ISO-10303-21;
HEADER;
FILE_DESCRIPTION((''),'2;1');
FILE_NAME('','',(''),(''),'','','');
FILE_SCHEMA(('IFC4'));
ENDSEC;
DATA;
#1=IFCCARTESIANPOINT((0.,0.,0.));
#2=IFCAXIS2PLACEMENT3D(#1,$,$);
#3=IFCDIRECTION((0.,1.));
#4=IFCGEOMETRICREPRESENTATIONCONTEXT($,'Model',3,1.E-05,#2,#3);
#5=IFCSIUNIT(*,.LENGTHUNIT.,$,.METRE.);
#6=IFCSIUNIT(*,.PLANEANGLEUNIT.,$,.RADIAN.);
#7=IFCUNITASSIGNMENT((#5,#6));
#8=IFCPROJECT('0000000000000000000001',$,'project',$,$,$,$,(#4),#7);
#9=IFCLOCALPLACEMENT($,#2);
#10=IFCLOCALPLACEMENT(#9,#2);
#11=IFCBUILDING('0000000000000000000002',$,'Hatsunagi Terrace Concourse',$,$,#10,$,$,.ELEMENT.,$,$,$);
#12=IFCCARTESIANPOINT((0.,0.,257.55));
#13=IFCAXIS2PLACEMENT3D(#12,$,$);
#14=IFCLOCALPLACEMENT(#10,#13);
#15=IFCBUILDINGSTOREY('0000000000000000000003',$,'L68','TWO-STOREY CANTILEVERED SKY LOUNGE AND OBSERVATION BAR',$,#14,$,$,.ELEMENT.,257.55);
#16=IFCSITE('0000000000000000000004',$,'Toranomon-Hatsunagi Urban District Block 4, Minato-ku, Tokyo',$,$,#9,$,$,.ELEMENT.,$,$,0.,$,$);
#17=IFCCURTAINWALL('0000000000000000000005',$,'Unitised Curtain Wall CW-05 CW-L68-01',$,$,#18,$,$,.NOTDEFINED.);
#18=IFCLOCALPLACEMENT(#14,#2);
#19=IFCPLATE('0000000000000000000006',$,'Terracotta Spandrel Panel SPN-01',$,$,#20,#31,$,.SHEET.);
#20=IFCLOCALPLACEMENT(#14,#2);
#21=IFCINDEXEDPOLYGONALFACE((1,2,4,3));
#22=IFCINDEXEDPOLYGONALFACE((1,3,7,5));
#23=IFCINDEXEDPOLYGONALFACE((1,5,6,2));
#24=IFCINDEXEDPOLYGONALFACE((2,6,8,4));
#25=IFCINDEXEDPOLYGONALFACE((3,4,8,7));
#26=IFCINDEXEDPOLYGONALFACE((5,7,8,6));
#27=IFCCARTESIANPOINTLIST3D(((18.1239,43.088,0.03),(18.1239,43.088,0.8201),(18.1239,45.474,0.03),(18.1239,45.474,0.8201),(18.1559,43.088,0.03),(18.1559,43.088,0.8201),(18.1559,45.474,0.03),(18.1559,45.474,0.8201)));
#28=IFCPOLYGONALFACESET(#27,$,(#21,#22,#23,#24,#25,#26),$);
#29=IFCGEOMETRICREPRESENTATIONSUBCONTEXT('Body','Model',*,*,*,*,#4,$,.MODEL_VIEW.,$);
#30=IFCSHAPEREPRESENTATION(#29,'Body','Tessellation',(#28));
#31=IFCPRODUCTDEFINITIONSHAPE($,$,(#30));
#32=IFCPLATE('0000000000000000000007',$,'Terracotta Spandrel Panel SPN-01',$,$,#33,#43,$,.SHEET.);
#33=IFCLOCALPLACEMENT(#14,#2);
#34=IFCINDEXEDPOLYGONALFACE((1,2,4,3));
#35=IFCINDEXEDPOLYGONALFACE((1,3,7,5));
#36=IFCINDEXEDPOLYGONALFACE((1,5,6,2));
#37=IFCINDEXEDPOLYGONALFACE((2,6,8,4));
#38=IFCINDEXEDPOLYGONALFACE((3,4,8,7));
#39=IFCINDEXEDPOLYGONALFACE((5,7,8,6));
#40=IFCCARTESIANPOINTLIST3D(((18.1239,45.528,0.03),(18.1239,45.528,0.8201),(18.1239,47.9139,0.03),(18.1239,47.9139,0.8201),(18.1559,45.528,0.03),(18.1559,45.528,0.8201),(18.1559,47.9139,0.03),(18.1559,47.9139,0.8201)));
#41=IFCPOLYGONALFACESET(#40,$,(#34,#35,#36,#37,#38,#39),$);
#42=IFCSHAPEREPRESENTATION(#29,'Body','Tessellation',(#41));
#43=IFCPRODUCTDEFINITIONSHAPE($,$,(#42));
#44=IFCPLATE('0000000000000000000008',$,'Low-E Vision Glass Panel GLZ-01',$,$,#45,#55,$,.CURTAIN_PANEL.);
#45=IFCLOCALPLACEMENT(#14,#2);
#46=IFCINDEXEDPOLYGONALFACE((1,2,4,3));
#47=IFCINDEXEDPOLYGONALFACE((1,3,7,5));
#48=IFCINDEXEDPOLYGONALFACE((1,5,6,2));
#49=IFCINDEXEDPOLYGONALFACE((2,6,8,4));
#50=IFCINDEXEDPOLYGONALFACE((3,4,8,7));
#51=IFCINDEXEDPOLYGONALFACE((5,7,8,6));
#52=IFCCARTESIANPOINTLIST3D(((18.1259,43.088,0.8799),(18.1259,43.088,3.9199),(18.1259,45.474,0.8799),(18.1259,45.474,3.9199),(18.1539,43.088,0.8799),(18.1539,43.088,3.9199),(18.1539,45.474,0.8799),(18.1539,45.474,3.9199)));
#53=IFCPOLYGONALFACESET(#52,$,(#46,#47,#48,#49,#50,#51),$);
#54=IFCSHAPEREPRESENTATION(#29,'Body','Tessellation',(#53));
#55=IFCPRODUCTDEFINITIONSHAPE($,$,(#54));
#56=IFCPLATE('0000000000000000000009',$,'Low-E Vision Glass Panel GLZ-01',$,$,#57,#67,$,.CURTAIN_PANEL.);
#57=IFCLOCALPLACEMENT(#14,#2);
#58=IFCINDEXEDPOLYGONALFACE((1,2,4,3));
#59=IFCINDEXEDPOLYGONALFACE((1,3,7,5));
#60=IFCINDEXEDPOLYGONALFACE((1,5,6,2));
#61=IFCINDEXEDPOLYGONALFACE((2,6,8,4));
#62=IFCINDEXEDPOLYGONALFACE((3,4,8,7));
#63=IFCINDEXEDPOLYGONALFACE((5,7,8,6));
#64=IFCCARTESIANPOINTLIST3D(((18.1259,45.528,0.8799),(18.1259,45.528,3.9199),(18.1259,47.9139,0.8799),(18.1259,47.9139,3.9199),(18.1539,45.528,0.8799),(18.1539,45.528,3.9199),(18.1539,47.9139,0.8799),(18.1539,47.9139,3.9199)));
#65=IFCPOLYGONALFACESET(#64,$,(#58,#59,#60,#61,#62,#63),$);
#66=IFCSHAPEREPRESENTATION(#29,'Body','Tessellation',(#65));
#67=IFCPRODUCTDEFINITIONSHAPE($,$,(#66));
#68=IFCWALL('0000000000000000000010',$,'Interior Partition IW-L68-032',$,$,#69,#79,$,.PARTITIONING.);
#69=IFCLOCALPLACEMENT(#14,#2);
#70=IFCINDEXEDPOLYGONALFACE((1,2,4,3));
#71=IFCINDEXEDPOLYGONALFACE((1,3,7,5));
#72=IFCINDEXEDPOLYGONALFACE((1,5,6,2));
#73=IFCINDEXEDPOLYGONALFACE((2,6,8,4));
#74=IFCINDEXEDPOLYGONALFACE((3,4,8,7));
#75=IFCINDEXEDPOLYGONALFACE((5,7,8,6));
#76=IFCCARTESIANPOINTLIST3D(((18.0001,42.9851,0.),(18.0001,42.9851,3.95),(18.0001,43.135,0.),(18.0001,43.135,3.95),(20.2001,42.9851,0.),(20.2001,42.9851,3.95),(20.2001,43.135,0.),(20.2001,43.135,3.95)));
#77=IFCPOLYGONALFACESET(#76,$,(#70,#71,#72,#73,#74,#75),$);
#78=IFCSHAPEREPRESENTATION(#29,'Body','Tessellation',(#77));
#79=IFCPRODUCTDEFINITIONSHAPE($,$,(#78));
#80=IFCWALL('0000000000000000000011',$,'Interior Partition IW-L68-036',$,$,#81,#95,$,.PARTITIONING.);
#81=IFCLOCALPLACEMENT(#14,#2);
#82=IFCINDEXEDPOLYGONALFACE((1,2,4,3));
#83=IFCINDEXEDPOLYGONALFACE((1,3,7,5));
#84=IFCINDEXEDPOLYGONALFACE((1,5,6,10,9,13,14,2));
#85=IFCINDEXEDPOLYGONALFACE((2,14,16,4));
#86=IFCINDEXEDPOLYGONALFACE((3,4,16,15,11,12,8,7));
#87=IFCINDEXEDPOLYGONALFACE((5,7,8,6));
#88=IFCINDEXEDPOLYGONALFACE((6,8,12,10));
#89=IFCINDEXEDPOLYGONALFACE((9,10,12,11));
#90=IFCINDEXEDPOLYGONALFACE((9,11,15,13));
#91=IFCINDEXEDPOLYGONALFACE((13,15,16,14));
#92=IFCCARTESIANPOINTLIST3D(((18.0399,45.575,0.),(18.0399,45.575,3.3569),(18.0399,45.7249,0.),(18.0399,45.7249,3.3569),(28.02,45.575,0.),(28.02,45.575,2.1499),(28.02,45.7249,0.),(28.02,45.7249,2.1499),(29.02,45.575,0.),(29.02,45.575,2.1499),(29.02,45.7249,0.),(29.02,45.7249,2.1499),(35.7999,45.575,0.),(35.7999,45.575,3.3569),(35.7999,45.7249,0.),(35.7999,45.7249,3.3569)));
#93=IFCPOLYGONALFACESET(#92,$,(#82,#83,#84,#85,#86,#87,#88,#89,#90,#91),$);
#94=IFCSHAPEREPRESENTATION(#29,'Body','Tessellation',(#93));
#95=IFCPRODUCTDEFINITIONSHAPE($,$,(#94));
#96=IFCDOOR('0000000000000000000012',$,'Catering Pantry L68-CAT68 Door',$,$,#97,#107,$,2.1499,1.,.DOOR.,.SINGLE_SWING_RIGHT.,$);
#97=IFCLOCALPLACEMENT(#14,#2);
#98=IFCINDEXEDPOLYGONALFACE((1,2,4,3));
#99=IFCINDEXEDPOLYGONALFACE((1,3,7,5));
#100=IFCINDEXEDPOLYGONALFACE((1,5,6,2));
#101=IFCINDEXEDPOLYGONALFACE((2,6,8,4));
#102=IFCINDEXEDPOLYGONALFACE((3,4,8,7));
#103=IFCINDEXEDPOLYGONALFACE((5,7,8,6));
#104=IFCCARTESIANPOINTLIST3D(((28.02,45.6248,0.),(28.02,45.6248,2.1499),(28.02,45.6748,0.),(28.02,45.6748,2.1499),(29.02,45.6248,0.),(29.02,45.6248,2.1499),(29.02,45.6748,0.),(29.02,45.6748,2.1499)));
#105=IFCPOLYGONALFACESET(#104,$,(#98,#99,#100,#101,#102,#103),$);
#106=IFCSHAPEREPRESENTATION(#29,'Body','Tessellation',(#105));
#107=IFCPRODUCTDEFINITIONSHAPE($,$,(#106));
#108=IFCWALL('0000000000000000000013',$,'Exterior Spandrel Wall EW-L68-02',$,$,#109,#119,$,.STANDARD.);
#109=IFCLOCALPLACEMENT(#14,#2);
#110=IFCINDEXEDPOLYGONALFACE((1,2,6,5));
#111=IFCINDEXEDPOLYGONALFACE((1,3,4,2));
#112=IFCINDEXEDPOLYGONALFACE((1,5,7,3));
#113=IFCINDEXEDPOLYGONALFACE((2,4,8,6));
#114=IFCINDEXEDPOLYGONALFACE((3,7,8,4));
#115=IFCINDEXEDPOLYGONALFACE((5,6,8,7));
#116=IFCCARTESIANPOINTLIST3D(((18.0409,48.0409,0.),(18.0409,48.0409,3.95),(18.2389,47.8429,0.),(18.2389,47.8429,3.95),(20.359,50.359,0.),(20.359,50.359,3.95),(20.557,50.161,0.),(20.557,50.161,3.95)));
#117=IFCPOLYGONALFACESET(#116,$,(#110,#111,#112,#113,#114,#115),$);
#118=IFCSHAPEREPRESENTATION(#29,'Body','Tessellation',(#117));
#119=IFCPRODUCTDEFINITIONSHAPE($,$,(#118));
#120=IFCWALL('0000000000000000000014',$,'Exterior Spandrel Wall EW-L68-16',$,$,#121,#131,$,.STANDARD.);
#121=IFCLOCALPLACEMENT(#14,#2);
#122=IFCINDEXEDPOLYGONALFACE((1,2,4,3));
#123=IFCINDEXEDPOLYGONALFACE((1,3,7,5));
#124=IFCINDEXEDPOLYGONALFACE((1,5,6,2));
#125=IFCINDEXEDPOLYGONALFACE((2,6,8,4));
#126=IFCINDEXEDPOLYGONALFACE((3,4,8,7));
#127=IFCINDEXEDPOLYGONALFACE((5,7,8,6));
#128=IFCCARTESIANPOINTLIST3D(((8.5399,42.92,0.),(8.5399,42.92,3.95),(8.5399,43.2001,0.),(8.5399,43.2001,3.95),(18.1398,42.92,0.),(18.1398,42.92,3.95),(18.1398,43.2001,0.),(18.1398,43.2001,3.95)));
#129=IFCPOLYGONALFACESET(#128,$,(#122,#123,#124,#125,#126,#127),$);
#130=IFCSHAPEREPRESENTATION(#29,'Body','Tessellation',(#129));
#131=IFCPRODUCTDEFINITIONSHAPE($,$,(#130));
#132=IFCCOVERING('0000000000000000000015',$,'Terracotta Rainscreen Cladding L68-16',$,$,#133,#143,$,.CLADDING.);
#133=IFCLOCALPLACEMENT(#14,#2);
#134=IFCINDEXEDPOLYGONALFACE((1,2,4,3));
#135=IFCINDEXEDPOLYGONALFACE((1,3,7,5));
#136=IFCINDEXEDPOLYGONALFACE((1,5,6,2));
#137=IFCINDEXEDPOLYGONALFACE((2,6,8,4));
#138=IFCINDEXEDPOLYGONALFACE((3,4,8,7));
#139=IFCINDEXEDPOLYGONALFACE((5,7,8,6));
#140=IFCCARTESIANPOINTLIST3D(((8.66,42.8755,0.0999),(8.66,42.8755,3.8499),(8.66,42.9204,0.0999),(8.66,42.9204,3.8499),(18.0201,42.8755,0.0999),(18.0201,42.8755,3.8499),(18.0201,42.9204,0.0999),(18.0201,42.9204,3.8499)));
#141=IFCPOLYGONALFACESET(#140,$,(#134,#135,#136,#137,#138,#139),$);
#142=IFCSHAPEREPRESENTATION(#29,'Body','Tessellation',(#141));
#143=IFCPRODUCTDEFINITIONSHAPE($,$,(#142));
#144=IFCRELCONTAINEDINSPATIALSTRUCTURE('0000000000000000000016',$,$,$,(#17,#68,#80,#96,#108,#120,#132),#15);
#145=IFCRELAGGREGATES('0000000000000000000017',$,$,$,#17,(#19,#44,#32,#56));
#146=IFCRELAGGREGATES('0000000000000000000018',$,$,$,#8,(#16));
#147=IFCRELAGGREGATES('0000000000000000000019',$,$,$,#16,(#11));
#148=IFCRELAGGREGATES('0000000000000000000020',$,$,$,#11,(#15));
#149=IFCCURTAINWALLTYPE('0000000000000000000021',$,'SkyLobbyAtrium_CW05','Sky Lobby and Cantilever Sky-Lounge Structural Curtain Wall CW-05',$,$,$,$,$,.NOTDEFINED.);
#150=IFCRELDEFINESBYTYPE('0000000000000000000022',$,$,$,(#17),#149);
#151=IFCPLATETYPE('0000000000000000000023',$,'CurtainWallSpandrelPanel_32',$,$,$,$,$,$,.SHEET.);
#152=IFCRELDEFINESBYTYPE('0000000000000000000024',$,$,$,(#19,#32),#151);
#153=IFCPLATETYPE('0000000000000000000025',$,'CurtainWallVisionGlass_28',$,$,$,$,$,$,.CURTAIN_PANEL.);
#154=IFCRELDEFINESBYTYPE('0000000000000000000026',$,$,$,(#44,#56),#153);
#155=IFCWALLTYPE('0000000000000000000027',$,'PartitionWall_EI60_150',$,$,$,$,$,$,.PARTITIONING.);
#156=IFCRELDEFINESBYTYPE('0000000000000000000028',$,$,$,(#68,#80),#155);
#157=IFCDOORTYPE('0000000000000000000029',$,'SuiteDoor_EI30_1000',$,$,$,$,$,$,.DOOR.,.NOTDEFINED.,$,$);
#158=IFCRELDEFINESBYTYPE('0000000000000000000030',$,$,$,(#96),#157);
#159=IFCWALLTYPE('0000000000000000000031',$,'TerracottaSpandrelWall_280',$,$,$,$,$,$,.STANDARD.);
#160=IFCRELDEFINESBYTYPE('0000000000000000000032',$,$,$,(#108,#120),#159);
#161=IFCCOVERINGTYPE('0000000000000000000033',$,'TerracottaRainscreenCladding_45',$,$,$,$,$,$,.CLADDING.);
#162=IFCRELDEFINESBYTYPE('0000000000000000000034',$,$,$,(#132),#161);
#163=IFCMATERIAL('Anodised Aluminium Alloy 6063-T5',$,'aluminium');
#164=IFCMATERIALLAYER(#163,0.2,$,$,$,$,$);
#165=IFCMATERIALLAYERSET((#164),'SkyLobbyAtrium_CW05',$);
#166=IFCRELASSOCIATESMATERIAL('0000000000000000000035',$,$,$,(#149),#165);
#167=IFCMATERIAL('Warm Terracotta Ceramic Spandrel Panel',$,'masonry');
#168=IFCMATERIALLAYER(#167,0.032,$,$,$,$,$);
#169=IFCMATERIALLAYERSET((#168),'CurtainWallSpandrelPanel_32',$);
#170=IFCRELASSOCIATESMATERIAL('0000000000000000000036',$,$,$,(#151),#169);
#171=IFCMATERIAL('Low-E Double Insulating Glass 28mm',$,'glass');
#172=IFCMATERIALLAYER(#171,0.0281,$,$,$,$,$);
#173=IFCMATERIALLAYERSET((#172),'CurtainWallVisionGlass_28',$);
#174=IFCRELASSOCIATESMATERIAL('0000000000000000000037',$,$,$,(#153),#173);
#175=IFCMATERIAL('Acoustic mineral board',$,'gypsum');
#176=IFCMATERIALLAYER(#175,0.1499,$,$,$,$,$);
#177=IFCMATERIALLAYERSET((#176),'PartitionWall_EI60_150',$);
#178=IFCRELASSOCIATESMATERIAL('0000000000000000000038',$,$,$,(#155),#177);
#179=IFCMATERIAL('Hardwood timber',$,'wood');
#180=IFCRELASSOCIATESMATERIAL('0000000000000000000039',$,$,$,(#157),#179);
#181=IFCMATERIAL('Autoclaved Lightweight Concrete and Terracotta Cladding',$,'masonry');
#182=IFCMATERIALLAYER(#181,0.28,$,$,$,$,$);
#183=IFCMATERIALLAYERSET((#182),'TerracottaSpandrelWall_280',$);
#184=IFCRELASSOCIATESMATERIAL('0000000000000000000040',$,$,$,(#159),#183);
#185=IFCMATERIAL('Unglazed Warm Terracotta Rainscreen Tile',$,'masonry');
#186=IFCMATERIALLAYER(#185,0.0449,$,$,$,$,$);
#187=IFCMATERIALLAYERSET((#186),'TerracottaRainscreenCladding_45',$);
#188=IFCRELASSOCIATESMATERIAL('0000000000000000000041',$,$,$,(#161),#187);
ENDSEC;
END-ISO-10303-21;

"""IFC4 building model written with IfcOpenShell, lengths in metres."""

from ifc_helpers import new_model, si_unit, direction, frame, frame_2d, origin, origin_2d, place, context, subcontext, project, spatial, rectangle, extrude, material, layer, layer_set, type_object, element, fill, aggregate, save


model = new_model("IFC4")

# Units and contexts
model_context = context("Model", 3, precision=1e-05, world=origin(), true_north=direction((0.0, 1.0)))
body_context = subcontext(model_context, "Body", "Model", "MODEL_VIEW")
ifc_project = project(units=[si_unit("LENGTHUNIT", "METRE"), si_unit("PLANEANGLEUNIT", "RADIAN")], contexts=[model_context])

# Site, building, storey
site_placement = place(None, origin())
site = spatial("IfcSite", under=ifc_project, at=site_placement, Name="Toranomon-Hatsunagi Urban District Block 4, Minato-ku, Tokyo", CompositionType="ELEMENT", RefElevation=0.0)
building_placement = place(site_placement, origin())
building = spatial("IfcBuilding", under=site, at=building_placement, Name="Hatsunagi Terrace Concourse", CompositionType="ELEMENT")
storey_placement = place(building_placement, frame((0.0, 0.0, 257.55)))
storey = spatial("IfcBuildingStorey", under=building, at=storey_placement, Name="L68", Description="TWO-STOREY CANTILEVERED SKY LOUNGE AND OBSERVATION BAR", CompositionType="ELEMENT", Elevation=257.55)

# Curtain wall
ifc_material_1 = material(Name="Anodised Aluminium Alloy 6063-T5", Category="aluminium")
ifc_layer_1 = layer(ifc_material_1, 0.2)
ifc_layer_set_1 = layer_set([ifc_layer_1], Name="SkyLobbyAtrium_CW05")
curtain_wall_type = type_object("IfcCurtainWallType", Name="SkyLobbyAtrium_CW05", Description="Sky Lobby and Cantilever Sky-Lounge Structural Curtain Wall CW-05", PredefinedType="NOTDEFINED", material=ifc_layer_set_1)
curtain_wall_1_placement = place(storey_placement, origin())
curtain_wall_1 = element("IfcCurtainWall", 1, at=curtain_wall_1_placement, inside=storey, type_object=curtain_wall_type, Name="Unitised Curtain Wall CW-05 CW-L68-01", PredefinedType="NOTDEFINED")

# Plates
ifc_material_2 = material(Name="Warm Terracotta Ceramic Spandrel Panel", Category="masonry")
ifc_layer_2 = layer(ifc_material_2, 0.032)
ifc_layer_set_2 = layer_set([ifc_layer_2], Name="CurtainWallSpandrelPanel_32")
plate_type_1 = type_object("IfcPlateType", Name="CurtainWallSpandrelPanel_32", PredefinedType="SHEET", material=ifc_layer_set_2)
plate_1_placement = place(storey_placement, frame((18.1399, 44.281, 0.03), z_axis=(0.0, 0.0, 1.0), x_axis=(0.0, 1.0, 0.0)))
plate_1 = element("IfcPlate", 2, at=plate_1_placement, type_object=plate_type_1, Name="Terracotta Spandrel Panel SPN-01", PredefinedType="SHEET", context=body_context, shape_type="SweptSolid", body=[
    extrude(rectangle(XDim=2.386, YDim=0.032, at=origin_2d()), origin(), (0.0, 0.0, 1.0), 0.79),
])
plate_2_placement = place(storey_placement, frame((18.1399, 46.7209, 0.03), z_axis=(0.0, 0.0, 1.0), x_axis=(0.0, 1.0, 0.0)))
plate_2 = element("IfcPlate", 3, at=plate_2_placement, type_object=plate_type_1, Name="Terracotta Spandrel Panel SPN-01", PredefinedType="SHEET", context=body_context, shape_type="SweptSolid", body=[
    extrude(rectangle(XDim=2.386, YDim=0.032, at=origin_2d()), origin(), (0.0, 0.0, 1.0), 0.79),
])
ifc_material_3 = material(Name="Low-E Double Insulating Glass 28mm", Category="glass")
ifc_layer_3 = layer(ifc_material_3, 0.0281)
ifc_layer_set_3 = layer_set([ifc_layer_3], Name="CurtainWallVisionGlass_28")
plate_type_2 = type_object("IfcPlateType", Name="CurtainWallVisionGlass_28", PredefinedType="CURTAIN_PANEL", material=ifc_layer_set_3)
plate_3_placement = place(storey_placement, frame((18.1399, 44.281, 0.8799), z_axis=(0.0, 0.0, 1.0), x_axis=(0.0, 1.0, 0.0)))
plate_3 = element("IfcPlate", 4, at=plate_3_placement, type_object=plate_type_2, Name="Low-E Vision Glass Panel GLZ-01", PredefinedType="CURTAIN_PANEL", context=body_context, shape_type="SweptSolid", body=[
    extrude(rectangle(XDim=2.386, YDim=0.0281, at=origin_2d()), origin(), (0.0, 0.0, 1.0), 3.04),
])
plate_4_placement = place(storey_placement, frame((18.1399, 46.7209, 0.8799), z_axis=(0.0, 0.0, 1.0), x_axis=(0.0, 1.0, 0.0)))
plate_4 = element("IfcPlate", 5, at=plate_4_placement, type_object=plate_type_2, Name="Low-E Vision Glass Panel GLZ-01", PredefinedType="CURTAIN_PANEL", context=body_context, shape_type="SweptSolid", body=[
    extrude(rectangle(XDim=2.386, YDim=0.0281, at=origin_2d()), origin(), (0.0, 0.0, 1.0), 3.04),
])
aggregate(curtain_wall_1, [plate_1, plate_3, plate_2, plate_4])

# Wall
ifc_material_4 = material(Name="Acoustic mineral board", Category="gypsum")
ifc_layer_4 = layer(ifc_material_4, 0.1499)
ifc_layer_set_4 = layer_set([ifc_layer_4], Name="PartitionWall_EI60_150")
wall_type_1 = type_object("IfcWallType", Name="PartitionWall_EI60_150", PredefinedType="PARTITIONING", material=ifc_layer_set_4)
wall_1_placement = place(storey_placement, frame((18.0, 43.0601, 0.0), z_axis=(0.0, 0.0, 1.0), x_axis=(1.0, 0.0, 0.0)))
element("IfcWall", 6, at=wall_1_placement, inside=storey, type_object=wall_type_1, Name="Interior Partition IW-L68-032", PredefinedType="PARTITIONING", context=body_context, shape_type="SweptSolid", body=[
    extrude(rectangle(XDim=2.2, YDim=0.1499, at=frame_2d((1.1001, 0.0))), origin(), (0.0, 0.0, 1.0), 3.95),
])

# Wall, opening, door
wall_2_placement = place(storey_placement, frame((18.04, 45.6499, 0.0), z_axis=(0.0, 0.0, 1.0), x_axis=(1.0, 0.0, 0.0)))
wall_2 = element("IfcWall", 7, at=wall_2_placement, inside=storey, type_object=wall_type_1, Name="Interior Partition IW-L68-036", PredefinedType="PARTITIONING", context=body_context, shape_type="SweptSolid", body=[
    extrude(rectangle(XDim=17.76, YDim=0.1499, at=frame_2d((8.8799, 0.0))), origin(), (0.0, 0.0, 1.0), 3.3569),
])
opening_placement = place(wall_2_placement, frame((9.98, 0.0, 0.0)))
opening = element("IfcOpeningElement", 8, at=opening_placement, cuts=wall_2, PredefinedType="OPENING", context=body_context, shape_type="SweptSolid", body=[
    extrude(rectangle(XDim=1.0, YDim=2.1499, at=frame_2d((0.5, 1.075))), frame((0.0, 0.085, 0.0), z_axis=(0.0, -1.0, 0.0), x_axis=(1.0, 0.0, 0.0)), (0.0, 0.0, 1.0), 0.1699),
])
ifc_material_5 = material(Name="Hardwood timber", Category="wood")
door_type = type_object("IfcDoorType", Name="SuiteDoor_EI30_1000", OperationType="NOTDEFINED", PredefinedType="DOOR", material=ifc_material_5)
door_placement = place(opening_placement, origin())
door = element("IfcDoor", 9, at=door_placement, inside=storey, type_object=door_type, Name="Catering Pantry L68-CAT68 Door", OperationType="SINGLE_SWING_RIGHT", OverallHeight=2.1499, OverallWidth=1.0, PredefinedType="DOOR", context=body_context, shape_type="SweptSolid", body=[
    extrude(rectangle(XDim=1.0, YDim=2.1499, at=frame_2d((0.5, 1.075))), frame((0.0, 0.0249, 0.0), z_axis=(0.0, -1.0, 0.0), x_axis=(1.0, 0.0, 0.0)), (0.0, 0.0, 1.0), 0.05),
])
fill(opening, door)

# Walls
ifc_material_6 = material(Name="Autoclaved Lightweight Concrete and Terracotta Cladding", Category="masonry")
ifc_layer_5 = layer(ifc_material_6, 0.28)
ifc_layer_set_5 = layer_set([ifc_layer_5], Name="TerracottaSpandrelWall_280")
wall_type_2 = type_object("IfcWallType", Name="TerracottaSpandrelWall_280", PredefinedType="STANDARD", material=ifc_layer_set_5)
wall_3_placement = place(storey_placement, frame((18.1399, 47.9419, 0.0), z_axis=(0.0, 0.0, 1.0), x_axis=(0.707107, 0.707107, 0.0)))
element("IfcWall", 10, at=wall_3_placement, inside=storey, type_object=wall_type_2, Name="Exterior Spandrel Wall EW-L68-02", PredefinedType="STANDARD", context=body_context, shape_type="SweptSolid", body=[
    extrude(rectangle(XDim=3.2783, YDim=0.28, at=frame_2d((1.6392, 0.0))), origin(), (0.0, 0.0, 1.0), 3.95),
])
wall_4_placement = place(storey_placement, frame((8.54, 43.0601, 0.0), z_axis=(0.0, 0.0, 1.0), x_axis=(1.0, 0.0, 0.0)))
element("IfcWall", 11, at=wall_4_placement, inside=storey, type_object=wall_type_2, Name="Exterior Spandrel Wall EW-L68-16", PredefinedType="STANDARD", context=body_context, shape_type="SweptSolid", body=[
    extrude(rectangle(XDim=9.5999, YDim=0.28, at=frame_2d((4.7998, 0.0))), origin(), (0.0, 0.0, 1.0), 3.95),
])

# Covering
ifc_material_7 = material(Name="Unglazed Warm Terracotta Rainscreen Tile", Category="masonry")
ifc_layer_6 = layer(ifc_material_7, 0.0449)
ifc_layer_set_6 = layer_set([ifc_layer_6], Name="TerracottaRainscreenCladding_45")
covering_type = type_object("IfcCoveringType", Name="TerracottaRainscreenCladding_45", PredefinedType="CLADDING", material=ifc_layer_set_6)
covering_placement = place(storey_placement, frame((13.3401, 42.8979, 0.0999), z_axis=(0.0, 0.0, 1.0), x_axis=(1.0, 0.0, 0.0)))
element("IfcCovering", 12, at=covering_placement, inside=storey, type_object=covering_type, Name="Terracotta Rainscreen Cladding L68-16", PredefinedType="CLADDING", context=body_context, shape_type="SweptSolid", body=[
    extrude(rectangle(XDim=9.3601, YDim=0.0449, at=origin_2d()), origin(), (0.0, 0.0, 1.0), 3.75),
])

save(model, "model.ifc")
